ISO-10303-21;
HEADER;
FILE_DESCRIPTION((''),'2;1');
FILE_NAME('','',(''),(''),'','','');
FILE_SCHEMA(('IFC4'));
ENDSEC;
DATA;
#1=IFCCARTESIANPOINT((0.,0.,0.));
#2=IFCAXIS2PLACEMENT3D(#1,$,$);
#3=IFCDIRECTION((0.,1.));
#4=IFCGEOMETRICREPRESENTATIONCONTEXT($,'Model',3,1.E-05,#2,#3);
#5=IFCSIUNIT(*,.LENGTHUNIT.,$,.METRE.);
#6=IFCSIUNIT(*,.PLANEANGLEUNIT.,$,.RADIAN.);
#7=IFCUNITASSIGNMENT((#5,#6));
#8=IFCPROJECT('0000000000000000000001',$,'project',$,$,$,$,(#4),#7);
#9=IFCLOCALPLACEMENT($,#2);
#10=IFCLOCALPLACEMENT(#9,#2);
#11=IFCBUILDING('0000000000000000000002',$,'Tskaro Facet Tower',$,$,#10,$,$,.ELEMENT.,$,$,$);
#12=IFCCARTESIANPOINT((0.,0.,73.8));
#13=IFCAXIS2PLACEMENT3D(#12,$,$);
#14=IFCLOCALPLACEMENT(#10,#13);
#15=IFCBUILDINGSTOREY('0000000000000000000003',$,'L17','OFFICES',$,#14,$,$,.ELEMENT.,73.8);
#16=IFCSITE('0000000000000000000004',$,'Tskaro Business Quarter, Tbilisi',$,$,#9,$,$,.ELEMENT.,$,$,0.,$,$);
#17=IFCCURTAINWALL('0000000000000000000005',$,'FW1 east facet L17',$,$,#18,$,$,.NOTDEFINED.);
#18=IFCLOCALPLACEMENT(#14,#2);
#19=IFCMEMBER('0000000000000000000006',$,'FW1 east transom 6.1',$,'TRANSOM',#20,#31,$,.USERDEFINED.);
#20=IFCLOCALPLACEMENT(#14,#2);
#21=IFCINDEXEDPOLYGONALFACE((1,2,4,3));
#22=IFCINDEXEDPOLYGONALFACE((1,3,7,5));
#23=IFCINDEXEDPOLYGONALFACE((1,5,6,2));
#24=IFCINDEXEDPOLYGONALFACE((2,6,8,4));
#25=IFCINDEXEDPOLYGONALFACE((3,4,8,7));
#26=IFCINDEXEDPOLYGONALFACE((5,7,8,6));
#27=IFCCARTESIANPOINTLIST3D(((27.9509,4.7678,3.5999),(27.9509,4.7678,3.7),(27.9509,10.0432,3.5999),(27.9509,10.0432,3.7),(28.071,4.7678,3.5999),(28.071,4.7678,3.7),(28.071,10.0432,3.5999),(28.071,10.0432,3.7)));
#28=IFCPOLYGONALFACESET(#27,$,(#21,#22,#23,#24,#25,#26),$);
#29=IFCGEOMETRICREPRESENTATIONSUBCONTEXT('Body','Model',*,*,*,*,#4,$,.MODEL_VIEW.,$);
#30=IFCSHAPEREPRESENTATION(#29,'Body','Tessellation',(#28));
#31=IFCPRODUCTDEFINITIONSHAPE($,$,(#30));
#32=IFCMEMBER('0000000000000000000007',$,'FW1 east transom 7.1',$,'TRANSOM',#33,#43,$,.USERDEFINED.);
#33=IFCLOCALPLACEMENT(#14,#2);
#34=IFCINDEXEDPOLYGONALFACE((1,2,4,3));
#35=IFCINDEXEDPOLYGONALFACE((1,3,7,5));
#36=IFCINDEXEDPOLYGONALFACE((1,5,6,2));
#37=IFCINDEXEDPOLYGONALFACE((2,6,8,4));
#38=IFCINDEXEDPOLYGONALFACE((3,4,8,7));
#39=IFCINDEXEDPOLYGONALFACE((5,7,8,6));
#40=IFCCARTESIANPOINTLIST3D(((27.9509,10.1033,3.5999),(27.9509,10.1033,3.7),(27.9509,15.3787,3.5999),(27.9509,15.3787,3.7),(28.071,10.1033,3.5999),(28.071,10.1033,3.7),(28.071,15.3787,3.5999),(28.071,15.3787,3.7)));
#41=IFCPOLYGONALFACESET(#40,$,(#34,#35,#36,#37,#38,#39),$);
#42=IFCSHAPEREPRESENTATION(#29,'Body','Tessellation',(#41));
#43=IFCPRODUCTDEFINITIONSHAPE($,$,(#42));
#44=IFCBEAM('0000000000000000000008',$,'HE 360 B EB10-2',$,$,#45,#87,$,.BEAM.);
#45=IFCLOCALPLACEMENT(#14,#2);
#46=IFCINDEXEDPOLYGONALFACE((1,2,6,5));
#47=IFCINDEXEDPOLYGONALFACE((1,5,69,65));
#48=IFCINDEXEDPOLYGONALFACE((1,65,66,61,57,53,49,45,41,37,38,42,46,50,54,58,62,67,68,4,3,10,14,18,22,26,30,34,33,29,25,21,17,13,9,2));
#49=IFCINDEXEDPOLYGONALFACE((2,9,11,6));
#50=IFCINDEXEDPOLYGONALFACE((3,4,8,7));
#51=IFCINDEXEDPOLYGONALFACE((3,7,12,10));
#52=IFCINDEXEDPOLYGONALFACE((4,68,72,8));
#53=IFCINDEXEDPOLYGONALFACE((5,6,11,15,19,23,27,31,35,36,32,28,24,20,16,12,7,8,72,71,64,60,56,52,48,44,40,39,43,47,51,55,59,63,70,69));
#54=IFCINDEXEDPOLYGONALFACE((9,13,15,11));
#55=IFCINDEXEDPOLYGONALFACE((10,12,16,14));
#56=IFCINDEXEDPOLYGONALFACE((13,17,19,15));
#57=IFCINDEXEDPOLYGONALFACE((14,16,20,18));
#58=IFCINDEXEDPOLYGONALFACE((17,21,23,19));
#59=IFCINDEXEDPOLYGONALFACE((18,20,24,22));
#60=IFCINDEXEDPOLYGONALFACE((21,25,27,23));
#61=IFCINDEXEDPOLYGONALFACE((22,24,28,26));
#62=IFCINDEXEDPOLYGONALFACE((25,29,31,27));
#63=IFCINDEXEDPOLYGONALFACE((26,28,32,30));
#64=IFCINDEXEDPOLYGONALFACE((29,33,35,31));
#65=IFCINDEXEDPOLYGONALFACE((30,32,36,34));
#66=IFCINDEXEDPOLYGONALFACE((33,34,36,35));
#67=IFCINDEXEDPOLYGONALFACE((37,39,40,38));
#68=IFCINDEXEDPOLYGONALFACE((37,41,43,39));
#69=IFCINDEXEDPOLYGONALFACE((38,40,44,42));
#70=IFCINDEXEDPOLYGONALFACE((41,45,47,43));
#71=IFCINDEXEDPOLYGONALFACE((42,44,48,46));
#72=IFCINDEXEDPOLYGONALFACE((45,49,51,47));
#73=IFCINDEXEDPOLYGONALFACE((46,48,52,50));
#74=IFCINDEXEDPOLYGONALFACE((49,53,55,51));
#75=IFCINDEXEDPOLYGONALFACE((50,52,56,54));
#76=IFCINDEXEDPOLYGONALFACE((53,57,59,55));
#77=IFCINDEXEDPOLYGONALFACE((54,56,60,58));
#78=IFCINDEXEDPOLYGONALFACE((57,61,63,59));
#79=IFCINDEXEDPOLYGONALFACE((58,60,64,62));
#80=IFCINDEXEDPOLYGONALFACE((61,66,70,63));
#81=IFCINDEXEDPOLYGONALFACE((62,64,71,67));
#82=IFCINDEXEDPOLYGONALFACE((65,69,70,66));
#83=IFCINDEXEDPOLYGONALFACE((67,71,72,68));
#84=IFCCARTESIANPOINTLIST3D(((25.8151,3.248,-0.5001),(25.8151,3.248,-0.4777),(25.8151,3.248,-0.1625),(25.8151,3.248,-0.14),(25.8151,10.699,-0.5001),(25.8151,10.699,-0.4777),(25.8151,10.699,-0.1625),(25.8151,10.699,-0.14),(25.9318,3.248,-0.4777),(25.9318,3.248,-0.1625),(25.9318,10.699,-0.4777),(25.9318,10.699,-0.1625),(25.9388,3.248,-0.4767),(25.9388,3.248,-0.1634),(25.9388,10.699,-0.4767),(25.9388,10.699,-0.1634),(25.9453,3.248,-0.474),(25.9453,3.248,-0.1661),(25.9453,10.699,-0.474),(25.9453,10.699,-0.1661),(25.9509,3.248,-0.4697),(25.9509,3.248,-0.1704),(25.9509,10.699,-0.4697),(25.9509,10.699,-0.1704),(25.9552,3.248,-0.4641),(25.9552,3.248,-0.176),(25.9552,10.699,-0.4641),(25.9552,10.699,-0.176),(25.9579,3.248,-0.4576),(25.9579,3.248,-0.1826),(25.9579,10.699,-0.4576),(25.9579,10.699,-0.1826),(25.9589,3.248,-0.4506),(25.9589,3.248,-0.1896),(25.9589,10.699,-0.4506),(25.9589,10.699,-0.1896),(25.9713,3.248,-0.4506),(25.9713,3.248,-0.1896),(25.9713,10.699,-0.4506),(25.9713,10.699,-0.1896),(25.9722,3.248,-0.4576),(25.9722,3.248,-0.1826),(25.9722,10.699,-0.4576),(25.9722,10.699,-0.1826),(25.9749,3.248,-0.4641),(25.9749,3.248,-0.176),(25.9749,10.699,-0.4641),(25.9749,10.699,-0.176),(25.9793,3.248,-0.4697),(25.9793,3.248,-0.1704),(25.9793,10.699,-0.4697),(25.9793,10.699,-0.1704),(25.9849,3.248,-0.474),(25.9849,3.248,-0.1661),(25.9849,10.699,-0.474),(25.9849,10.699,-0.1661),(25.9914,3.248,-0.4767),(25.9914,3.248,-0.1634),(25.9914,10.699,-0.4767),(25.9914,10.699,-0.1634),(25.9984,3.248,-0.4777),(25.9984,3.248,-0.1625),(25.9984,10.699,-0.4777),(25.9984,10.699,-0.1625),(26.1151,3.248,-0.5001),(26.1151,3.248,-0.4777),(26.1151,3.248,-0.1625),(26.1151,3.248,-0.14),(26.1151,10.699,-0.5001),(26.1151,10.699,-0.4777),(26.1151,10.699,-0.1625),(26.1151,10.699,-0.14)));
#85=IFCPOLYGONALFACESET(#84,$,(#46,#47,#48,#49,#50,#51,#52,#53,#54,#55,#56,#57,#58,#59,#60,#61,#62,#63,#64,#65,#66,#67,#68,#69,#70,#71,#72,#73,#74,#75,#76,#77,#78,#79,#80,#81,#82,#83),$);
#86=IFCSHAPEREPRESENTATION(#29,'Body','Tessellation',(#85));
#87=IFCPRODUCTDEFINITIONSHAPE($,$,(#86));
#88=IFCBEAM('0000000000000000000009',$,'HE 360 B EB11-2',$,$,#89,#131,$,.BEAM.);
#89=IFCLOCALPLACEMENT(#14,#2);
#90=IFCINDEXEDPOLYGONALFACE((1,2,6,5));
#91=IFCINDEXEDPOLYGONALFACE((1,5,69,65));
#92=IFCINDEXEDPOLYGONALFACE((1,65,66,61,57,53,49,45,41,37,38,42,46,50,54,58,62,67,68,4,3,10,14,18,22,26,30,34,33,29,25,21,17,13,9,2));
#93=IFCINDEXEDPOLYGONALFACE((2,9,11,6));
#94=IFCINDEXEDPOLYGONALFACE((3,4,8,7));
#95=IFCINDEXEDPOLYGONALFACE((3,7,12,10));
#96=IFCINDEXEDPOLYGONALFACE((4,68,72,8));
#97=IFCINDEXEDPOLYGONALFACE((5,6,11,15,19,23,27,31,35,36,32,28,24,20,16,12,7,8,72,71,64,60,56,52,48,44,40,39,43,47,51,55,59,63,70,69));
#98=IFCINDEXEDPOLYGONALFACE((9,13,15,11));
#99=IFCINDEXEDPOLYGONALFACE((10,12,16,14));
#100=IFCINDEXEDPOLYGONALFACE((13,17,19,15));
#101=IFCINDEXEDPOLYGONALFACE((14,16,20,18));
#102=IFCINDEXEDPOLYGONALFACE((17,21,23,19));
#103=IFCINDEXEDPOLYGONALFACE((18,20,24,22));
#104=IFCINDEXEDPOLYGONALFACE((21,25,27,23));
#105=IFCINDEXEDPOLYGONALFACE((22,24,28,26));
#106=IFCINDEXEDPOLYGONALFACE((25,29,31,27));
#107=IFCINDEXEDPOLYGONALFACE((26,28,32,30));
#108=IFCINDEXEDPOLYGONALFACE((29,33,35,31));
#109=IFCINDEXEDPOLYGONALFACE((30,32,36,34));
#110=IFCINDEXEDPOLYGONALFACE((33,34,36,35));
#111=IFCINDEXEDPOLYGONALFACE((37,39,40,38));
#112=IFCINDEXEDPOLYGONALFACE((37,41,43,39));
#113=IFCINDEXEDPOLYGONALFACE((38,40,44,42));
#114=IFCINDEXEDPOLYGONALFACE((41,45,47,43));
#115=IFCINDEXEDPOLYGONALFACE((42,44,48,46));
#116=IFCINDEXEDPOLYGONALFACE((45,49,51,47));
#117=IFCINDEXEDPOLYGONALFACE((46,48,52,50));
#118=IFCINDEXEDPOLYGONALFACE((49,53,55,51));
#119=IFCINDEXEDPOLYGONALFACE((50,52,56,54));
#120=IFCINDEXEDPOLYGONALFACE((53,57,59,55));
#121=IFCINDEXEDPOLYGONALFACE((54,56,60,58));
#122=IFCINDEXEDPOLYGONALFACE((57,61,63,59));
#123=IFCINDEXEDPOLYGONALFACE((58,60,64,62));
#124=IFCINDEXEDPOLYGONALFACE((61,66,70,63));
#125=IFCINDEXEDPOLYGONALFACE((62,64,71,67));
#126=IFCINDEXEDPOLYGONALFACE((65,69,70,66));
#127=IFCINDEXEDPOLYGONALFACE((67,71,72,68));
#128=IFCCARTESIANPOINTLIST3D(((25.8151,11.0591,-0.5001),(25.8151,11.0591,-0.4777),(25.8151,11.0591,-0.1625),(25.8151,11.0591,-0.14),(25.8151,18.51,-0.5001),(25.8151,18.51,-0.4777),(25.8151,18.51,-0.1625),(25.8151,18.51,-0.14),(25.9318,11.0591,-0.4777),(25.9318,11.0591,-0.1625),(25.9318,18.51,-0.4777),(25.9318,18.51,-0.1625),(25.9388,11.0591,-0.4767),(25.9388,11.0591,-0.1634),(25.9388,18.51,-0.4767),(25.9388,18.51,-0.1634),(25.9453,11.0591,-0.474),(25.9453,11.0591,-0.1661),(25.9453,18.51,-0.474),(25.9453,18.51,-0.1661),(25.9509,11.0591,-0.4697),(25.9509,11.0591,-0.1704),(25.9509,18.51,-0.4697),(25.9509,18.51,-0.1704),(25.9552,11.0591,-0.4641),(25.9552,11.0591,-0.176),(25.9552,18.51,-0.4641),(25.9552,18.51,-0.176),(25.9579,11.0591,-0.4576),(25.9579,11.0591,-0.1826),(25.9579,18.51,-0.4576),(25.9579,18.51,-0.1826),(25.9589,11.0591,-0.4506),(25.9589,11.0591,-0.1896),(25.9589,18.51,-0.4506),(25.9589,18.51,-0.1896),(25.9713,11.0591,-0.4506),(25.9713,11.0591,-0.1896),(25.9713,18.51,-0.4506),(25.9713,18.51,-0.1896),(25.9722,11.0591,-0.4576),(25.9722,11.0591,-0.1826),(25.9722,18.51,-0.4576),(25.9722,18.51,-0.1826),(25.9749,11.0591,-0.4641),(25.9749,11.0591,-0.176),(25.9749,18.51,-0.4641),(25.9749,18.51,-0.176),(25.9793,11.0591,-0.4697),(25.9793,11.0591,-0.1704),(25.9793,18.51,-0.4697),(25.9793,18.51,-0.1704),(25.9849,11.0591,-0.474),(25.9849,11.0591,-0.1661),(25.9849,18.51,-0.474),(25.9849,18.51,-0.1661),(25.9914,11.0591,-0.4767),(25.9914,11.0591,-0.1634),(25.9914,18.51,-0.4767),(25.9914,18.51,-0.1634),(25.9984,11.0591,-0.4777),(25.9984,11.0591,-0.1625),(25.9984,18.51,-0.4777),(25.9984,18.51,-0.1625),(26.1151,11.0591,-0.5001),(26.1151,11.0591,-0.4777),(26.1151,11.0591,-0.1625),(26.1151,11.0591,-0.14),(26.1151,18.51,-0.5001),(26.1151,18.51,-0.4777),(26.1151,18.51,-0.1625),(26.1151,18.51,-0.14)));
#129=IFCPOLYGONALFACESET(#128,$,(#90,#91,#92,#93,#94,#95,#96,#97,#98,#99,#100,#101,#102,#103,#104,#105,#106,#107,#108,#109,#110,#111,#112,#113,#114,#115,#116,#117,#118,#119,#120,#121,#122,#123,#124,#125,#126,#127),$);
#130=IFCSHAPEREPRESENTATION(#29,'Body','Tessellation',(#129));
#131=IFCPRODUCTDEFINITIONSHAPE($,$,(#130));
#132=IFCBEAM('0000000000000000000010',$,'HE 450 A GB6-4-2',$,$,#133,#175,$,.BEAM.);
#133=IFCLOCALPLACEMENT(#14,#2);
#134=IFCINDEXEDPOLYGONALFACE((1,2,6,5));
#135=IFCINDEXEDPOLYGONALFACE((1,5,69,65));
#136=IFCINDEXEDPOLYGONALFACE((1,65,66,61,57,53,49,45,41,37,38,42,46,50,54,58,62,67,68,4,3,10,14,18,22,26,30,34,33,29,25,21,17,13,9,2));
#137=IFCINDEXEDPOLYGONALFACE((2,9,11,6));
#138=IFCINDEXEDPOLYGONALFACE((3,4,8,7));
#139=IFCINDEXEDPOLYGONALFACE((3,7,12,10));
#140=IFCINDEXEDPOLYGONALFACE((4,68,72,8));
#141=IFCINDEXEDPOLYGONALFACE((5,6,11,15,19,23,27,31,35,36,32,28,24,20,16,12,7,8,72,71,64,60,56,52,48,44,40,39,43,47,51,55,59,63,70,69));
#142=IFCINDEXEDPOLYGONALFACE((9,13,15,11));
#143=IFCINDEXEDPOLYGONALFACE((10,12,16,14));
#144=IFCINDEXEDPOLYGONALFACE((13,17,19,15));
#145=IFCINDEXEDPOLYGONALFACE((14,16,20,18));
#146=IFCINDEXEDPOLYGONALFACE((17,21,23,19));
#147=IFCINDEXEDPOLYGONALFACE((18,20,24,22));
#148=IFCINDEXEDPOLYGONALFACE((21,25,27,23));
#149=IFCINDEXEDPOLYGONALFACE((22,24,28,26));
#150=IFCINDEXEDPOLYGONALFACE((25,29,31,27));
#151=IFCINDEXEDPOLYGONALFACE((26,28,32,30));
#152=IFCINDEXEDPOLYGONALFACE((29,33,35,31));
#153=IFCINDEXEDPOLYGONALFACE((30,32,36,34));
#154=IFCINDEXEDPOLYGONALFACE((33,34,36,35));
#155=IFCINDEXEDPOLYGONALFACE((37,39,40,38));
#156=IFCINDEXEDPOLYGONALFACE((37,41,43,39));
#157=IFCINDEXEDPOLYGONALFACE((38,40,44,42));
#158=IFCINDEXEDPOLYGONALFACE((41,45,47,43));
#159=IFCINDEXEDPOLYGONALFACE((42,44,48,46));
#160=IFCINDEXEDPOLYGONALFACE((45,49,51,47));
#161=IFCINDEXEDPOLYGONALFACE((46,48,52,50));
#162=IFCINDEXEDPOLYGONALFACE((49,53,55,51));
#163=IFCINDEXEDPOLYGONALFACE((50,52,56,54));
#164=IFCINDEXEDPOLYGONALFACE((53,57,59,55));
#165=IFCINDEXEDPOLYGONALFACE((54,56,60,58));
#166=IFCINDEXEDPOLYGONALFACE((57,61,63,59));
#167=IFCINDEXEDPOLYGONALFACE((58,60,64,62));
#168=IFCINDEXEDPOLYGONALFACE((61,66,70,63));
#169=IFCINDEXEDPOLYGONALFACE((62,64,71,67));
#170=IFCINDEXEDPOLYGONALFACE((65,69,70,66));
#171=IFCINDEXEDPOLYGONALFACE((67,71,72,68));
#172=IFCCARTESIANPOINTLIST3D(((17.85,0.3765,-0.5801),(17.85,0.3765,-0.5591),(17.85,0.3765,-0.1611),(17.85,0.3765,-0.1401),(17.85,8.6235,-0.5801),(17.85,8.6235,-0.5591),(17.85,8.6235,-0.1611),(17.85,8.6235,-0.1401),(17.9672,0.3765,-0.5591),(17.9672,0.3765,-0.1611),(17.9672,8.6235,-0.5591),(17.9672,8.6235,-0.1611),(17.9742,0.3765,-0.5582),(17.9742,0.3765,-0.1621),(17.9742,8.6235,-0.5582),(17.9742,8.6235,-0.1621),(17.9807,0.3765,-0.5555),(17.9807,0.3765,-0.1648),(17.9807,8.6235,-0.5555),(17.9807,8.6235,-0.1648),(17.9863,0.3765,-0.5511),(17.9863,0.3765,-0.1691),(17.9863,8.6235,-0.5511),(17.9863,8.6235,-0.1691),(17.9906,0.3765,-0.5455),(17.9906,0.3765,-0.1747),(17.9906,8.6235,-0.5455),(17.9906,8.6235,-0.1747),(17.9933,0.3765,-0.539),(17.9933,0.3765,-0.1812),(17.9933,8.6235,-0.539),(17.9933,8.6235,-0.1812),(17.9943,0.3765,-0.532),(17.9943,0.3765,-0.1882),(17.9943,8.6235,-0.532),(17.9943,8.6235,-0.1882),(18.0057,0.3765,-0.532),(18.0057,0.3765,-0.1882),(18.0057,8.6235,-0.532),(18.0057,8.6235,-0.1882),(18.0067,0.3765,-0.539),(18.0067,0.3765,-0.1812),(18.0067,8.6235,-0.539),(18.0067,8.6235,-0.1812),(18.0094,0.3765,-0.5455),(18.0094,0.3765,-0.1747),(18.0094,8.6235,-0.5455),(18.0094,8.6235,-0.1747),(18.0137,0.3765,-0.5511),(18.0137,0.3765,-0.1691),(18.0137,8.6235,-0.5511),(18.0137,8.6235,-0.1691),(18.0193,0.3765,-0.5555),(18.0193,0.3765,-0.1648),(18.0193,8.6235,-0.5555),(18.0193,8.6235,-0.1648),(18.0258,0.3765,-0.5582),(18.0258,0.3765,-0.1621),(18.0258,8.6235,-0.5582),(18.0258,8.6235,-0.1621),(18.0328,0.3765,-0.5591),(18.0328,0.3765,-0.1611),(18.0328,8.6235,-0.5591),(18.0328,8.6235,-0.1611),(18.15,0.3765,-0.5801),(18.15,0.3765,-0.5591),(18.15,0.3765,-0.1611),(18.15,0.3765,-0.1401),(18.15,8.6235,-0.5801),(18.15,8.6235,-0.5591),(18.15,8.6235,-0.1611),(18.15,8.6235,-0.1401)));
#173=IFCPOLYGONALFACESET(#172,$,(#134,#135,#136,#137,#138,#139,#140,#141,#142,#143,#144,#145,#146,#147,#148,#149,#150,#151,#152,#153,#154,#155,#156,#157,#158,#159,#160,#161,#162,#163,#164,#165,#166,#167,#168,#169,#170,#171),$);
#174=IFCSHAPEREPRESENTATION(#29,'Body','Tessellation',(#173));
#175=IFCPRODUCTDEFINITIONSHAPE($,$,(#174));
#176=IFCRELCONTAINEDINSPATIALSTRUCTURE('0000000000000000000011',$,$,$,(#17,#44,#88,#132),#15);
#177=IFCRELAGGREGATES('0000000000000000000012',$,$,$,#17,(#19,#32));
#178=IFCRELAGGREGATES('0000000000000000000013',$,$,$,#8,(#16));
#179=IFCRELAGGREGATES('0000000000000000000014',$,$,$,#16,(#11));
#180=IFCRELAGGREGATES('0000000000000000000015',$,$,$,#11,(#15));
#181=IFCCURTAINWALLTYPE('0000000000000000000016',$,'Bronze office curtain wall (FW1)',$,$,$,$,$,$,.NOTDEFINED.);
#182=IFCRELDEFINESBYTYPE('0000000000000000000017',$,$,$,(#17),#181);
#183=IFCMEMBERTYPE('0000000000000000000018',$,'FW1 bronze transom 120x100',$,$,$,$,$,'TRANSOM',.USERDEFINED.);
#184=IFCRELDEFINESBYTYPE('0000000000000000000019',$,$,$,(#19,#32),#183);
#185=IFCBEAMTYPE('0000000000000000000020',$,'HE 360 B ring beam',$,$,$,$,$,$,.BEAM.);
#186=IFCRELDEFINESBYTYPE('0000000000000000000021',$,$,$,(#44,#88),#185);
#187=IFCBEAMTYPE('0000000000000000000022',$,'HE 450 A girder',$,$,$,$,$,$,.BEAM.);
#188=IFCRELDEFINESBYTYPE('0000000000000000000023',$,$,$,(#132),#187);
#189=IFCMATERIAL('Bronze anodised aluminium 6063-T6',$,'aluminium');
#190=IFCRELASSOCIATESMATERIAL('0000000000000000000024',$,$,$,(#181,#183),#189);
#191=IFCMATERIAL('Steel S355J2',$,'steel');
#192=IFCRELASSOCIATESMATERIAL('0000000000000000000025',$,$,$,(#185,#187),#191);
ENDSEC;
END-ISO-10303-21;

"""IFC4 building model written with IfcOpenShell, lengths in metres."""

from ifc_helpers import new_model, si_unit, direction, frame, origin, origin_2d, place, context, subcontext, project, spatial, rectangle, i_section, extrude, material, material_profile, profile_set, type_object, element, aggregate, save


model = new_model("IFC4")

# Units and contexts
model_context = context("Model", 3, precision=1e-05, world=origin(), true_north=direction((0.0, 1.0)))
body_context = subcontext(model_context, "Body", "Model", "MODEL_VIEW")
ifc_project = project(units=[si_unit("LENGTHUNIT", "METRE"), si_unit("PLANEANGLEUNIT", "RADIAN")], contexts=[model_context])

# Site, building, storey
site_placement = place(None, origin())
site = spatial("IfcSite", under=ifc_project, at=site_placement, Name="Tskaro Business Quarter, Tbilisi", CompositionType="ELEMENT", RefElevation=0.0)
building_placement = place(site_placement, origin())
building = spatial("IfcBuilding", under=site, at=building_placement, Name="Tskaro Facet Tower", CompositionType="ELEMENT")
storey_placement = place(building_placement, frame((0.0, 0.0, 73.8)))
storey = spatial("IfcBuildingStorey", under=building, at=storey_placement, Name="L17", Description="OFFICES", CompositionType="ELEMENT", Elevation=73.8)

# Curtain wall, members
ifc_material_1 = material(Name="Bronze anodised aluminium 6063-T6", Category="aluminium")
curtain_wall_type = type_object("IfcCurtainWallType", Name="Bronze office curtain wall (FW1)", PredefinedType="NOTDEFINED", material=ifc_material_1)
curtain_wall_placement = place(storey_placement, origin())
curtain_wall = element("IfcCurtainWall", 1, at=curtain_wall_placement, inside=storey, type_object=curtain_wall_type, Name="FW1 east facet L17", PredefinedType="NOTDEFINED")
ifc_material_profile_1 = material_profile(ifc_material_1, rectangle(XDim=0.1201, YDim=0.1001, at=origin_2d()), Name="Transom 120x100")
ifc_profile_set_1 = profile_set([ifc_material_profile_1], Name="Bronze anodised aluminium 6063-T6")
member_type_1 = type_object("IfcMemberType", Name="FW1 bronze transom 120x100", ElementType="TRANSOM", PredefinedType="USERDEFINED", material=ifc_profile_set_1)
member_1_placement = place(storey_placement, frame((28.011, 4.7678, 3.6499), z_axis=(0.0, 1.0, 0.0), x_axis=(-1.0, 0.0, 0.0)))
member_1 = element("IfcMember", 2, at=member_1_placement, type_object=member_type_1, Name="FW1 east transom 6.1", ObjectType="TRANSOM", PredefinedType="USERDEFINED", context=body_context, shape_type="SweptSolid", body=[
    extrude(rectangle(XDim=0.1201, YDim=0.1001, at=origin_2d()), origin(), (0.0, 0.0, 1.0), 5.2754),
])
member_2_placement = place(storey_placement, frame((28.011, 10.1033, 3.6499), z_axis=(0.0, 1.0, 0.0), x_axis=(-1.0, 0.0, 0.0)))
member_2 = element("IfcMember", 3, at=member_2_placement, type_object=member_type_1, Name="FW1 east transom 7.1", ObjectType="TRANSOM", PredefinedType="USERDEFINED", context=body_context, shape_type="SweptSolid", body=[
    extrude(rectangle(XDim=0.1201, YDim=0.1001, at=origin_2d()), origin(), (0.0, 0.0, 1.0), 5.2754),
])

# Beams
ifc_material_2 = material(Name="Steel S355J2", Category="steel")
ifc_material_profile_2 = material_profile(ifc_material_2, i_section(OverallWidth=0.3, OverallDepth=0.3601, WebThickness=0.0125, FlangeThickness=0.0225, FilletRadius=0.0271, at=origin_2d()), Name="HE 360 B")
ifc_profile_set_2 = profile_set([ifc_material_profile_2], Name="Steel S355J2")
beam_type_1 = type_object("IfcBeamType", Name="HE 360 B ring beam", PredefinedType="BEAM", material=ifc_profile_set_2)
for number, where, z_axis, x_axis, name in (
    (4, (25.9651, 3.248, -0.3201), (0.0, 1.0, 0.0), (-1.0, 0.0, 0.0), "HE 360 B EB10-2"),
    (5, (25.9651, 11.0591, -0.3201), (0.0, 1.0, 0.0), (-1.0, 0.0, 0.0), "HE 360 B EB11-2"),
):
    element("IfcBeam", number, at=place(storey_placement, frame(where, z_axis=z_axis, x_axis=x_axis)), inside=storey, type_object=beam_type_1, Name=name, PredefinedType="BEAM", context=body_context, shape_type="SweptSolid", body=[
        extrude(i_section(OverallWidth=0.3, OverallDepth=0.3601, WebThickness=0.0125, FlangeThickness=0.0225, FilletRadius=0.0271, at=origin_2d()), origin(), (0.0, 0.0, 1.0), 7.4509),
    ])
ifc_material_profile_3 = material_profile(ifc_material_2, i_section(OverallWidth=0.3, OverallDepth=0.4399, WebThickness=0.0115, FlangeThickness=0.021, FilletRadius=0.0271, at=origin_2d()), Name="HE 450 A")
ifc_profile_set_3 = profile_set([ifc_material_profile_3], Name="Steel S355J2")
beam_type_2 = type_object("IfcBeamType", Name="HE 450 A girder", PredefinedType="BEAM", material=ifc_profile_set_3)
for number, where, z_axis, x_axis, name in (
    (6, (18.0, 0.3765, -0.3601), (0.0, 1.0, 0.0), (-1.0, 0.0, 0.0), "HE 450 A GB6-4-2"),
):
    element("IfcBeam", number, at=place(storey_placement, frame(where, z_axis=z_axis, x_axis=x_axis)), inside=storey, type_object=beam_type_2, Name=name, PredefinedType="BEAM", context=body_context, shape_type="SweptSolid", body=[
        extrude(i_section(OverallWidth=0.3, OverallDepth=0.4399, WebThickness=0.0115, FlangeThickness=0.021, FilletRadius=0.0271, at=origin_2d()), origin(), (0.0, 0.0, 1.0), 8.2471),
    ])

aggregate(curtain_wall, [member_1, member_2])

save(model, "model.ifc")
